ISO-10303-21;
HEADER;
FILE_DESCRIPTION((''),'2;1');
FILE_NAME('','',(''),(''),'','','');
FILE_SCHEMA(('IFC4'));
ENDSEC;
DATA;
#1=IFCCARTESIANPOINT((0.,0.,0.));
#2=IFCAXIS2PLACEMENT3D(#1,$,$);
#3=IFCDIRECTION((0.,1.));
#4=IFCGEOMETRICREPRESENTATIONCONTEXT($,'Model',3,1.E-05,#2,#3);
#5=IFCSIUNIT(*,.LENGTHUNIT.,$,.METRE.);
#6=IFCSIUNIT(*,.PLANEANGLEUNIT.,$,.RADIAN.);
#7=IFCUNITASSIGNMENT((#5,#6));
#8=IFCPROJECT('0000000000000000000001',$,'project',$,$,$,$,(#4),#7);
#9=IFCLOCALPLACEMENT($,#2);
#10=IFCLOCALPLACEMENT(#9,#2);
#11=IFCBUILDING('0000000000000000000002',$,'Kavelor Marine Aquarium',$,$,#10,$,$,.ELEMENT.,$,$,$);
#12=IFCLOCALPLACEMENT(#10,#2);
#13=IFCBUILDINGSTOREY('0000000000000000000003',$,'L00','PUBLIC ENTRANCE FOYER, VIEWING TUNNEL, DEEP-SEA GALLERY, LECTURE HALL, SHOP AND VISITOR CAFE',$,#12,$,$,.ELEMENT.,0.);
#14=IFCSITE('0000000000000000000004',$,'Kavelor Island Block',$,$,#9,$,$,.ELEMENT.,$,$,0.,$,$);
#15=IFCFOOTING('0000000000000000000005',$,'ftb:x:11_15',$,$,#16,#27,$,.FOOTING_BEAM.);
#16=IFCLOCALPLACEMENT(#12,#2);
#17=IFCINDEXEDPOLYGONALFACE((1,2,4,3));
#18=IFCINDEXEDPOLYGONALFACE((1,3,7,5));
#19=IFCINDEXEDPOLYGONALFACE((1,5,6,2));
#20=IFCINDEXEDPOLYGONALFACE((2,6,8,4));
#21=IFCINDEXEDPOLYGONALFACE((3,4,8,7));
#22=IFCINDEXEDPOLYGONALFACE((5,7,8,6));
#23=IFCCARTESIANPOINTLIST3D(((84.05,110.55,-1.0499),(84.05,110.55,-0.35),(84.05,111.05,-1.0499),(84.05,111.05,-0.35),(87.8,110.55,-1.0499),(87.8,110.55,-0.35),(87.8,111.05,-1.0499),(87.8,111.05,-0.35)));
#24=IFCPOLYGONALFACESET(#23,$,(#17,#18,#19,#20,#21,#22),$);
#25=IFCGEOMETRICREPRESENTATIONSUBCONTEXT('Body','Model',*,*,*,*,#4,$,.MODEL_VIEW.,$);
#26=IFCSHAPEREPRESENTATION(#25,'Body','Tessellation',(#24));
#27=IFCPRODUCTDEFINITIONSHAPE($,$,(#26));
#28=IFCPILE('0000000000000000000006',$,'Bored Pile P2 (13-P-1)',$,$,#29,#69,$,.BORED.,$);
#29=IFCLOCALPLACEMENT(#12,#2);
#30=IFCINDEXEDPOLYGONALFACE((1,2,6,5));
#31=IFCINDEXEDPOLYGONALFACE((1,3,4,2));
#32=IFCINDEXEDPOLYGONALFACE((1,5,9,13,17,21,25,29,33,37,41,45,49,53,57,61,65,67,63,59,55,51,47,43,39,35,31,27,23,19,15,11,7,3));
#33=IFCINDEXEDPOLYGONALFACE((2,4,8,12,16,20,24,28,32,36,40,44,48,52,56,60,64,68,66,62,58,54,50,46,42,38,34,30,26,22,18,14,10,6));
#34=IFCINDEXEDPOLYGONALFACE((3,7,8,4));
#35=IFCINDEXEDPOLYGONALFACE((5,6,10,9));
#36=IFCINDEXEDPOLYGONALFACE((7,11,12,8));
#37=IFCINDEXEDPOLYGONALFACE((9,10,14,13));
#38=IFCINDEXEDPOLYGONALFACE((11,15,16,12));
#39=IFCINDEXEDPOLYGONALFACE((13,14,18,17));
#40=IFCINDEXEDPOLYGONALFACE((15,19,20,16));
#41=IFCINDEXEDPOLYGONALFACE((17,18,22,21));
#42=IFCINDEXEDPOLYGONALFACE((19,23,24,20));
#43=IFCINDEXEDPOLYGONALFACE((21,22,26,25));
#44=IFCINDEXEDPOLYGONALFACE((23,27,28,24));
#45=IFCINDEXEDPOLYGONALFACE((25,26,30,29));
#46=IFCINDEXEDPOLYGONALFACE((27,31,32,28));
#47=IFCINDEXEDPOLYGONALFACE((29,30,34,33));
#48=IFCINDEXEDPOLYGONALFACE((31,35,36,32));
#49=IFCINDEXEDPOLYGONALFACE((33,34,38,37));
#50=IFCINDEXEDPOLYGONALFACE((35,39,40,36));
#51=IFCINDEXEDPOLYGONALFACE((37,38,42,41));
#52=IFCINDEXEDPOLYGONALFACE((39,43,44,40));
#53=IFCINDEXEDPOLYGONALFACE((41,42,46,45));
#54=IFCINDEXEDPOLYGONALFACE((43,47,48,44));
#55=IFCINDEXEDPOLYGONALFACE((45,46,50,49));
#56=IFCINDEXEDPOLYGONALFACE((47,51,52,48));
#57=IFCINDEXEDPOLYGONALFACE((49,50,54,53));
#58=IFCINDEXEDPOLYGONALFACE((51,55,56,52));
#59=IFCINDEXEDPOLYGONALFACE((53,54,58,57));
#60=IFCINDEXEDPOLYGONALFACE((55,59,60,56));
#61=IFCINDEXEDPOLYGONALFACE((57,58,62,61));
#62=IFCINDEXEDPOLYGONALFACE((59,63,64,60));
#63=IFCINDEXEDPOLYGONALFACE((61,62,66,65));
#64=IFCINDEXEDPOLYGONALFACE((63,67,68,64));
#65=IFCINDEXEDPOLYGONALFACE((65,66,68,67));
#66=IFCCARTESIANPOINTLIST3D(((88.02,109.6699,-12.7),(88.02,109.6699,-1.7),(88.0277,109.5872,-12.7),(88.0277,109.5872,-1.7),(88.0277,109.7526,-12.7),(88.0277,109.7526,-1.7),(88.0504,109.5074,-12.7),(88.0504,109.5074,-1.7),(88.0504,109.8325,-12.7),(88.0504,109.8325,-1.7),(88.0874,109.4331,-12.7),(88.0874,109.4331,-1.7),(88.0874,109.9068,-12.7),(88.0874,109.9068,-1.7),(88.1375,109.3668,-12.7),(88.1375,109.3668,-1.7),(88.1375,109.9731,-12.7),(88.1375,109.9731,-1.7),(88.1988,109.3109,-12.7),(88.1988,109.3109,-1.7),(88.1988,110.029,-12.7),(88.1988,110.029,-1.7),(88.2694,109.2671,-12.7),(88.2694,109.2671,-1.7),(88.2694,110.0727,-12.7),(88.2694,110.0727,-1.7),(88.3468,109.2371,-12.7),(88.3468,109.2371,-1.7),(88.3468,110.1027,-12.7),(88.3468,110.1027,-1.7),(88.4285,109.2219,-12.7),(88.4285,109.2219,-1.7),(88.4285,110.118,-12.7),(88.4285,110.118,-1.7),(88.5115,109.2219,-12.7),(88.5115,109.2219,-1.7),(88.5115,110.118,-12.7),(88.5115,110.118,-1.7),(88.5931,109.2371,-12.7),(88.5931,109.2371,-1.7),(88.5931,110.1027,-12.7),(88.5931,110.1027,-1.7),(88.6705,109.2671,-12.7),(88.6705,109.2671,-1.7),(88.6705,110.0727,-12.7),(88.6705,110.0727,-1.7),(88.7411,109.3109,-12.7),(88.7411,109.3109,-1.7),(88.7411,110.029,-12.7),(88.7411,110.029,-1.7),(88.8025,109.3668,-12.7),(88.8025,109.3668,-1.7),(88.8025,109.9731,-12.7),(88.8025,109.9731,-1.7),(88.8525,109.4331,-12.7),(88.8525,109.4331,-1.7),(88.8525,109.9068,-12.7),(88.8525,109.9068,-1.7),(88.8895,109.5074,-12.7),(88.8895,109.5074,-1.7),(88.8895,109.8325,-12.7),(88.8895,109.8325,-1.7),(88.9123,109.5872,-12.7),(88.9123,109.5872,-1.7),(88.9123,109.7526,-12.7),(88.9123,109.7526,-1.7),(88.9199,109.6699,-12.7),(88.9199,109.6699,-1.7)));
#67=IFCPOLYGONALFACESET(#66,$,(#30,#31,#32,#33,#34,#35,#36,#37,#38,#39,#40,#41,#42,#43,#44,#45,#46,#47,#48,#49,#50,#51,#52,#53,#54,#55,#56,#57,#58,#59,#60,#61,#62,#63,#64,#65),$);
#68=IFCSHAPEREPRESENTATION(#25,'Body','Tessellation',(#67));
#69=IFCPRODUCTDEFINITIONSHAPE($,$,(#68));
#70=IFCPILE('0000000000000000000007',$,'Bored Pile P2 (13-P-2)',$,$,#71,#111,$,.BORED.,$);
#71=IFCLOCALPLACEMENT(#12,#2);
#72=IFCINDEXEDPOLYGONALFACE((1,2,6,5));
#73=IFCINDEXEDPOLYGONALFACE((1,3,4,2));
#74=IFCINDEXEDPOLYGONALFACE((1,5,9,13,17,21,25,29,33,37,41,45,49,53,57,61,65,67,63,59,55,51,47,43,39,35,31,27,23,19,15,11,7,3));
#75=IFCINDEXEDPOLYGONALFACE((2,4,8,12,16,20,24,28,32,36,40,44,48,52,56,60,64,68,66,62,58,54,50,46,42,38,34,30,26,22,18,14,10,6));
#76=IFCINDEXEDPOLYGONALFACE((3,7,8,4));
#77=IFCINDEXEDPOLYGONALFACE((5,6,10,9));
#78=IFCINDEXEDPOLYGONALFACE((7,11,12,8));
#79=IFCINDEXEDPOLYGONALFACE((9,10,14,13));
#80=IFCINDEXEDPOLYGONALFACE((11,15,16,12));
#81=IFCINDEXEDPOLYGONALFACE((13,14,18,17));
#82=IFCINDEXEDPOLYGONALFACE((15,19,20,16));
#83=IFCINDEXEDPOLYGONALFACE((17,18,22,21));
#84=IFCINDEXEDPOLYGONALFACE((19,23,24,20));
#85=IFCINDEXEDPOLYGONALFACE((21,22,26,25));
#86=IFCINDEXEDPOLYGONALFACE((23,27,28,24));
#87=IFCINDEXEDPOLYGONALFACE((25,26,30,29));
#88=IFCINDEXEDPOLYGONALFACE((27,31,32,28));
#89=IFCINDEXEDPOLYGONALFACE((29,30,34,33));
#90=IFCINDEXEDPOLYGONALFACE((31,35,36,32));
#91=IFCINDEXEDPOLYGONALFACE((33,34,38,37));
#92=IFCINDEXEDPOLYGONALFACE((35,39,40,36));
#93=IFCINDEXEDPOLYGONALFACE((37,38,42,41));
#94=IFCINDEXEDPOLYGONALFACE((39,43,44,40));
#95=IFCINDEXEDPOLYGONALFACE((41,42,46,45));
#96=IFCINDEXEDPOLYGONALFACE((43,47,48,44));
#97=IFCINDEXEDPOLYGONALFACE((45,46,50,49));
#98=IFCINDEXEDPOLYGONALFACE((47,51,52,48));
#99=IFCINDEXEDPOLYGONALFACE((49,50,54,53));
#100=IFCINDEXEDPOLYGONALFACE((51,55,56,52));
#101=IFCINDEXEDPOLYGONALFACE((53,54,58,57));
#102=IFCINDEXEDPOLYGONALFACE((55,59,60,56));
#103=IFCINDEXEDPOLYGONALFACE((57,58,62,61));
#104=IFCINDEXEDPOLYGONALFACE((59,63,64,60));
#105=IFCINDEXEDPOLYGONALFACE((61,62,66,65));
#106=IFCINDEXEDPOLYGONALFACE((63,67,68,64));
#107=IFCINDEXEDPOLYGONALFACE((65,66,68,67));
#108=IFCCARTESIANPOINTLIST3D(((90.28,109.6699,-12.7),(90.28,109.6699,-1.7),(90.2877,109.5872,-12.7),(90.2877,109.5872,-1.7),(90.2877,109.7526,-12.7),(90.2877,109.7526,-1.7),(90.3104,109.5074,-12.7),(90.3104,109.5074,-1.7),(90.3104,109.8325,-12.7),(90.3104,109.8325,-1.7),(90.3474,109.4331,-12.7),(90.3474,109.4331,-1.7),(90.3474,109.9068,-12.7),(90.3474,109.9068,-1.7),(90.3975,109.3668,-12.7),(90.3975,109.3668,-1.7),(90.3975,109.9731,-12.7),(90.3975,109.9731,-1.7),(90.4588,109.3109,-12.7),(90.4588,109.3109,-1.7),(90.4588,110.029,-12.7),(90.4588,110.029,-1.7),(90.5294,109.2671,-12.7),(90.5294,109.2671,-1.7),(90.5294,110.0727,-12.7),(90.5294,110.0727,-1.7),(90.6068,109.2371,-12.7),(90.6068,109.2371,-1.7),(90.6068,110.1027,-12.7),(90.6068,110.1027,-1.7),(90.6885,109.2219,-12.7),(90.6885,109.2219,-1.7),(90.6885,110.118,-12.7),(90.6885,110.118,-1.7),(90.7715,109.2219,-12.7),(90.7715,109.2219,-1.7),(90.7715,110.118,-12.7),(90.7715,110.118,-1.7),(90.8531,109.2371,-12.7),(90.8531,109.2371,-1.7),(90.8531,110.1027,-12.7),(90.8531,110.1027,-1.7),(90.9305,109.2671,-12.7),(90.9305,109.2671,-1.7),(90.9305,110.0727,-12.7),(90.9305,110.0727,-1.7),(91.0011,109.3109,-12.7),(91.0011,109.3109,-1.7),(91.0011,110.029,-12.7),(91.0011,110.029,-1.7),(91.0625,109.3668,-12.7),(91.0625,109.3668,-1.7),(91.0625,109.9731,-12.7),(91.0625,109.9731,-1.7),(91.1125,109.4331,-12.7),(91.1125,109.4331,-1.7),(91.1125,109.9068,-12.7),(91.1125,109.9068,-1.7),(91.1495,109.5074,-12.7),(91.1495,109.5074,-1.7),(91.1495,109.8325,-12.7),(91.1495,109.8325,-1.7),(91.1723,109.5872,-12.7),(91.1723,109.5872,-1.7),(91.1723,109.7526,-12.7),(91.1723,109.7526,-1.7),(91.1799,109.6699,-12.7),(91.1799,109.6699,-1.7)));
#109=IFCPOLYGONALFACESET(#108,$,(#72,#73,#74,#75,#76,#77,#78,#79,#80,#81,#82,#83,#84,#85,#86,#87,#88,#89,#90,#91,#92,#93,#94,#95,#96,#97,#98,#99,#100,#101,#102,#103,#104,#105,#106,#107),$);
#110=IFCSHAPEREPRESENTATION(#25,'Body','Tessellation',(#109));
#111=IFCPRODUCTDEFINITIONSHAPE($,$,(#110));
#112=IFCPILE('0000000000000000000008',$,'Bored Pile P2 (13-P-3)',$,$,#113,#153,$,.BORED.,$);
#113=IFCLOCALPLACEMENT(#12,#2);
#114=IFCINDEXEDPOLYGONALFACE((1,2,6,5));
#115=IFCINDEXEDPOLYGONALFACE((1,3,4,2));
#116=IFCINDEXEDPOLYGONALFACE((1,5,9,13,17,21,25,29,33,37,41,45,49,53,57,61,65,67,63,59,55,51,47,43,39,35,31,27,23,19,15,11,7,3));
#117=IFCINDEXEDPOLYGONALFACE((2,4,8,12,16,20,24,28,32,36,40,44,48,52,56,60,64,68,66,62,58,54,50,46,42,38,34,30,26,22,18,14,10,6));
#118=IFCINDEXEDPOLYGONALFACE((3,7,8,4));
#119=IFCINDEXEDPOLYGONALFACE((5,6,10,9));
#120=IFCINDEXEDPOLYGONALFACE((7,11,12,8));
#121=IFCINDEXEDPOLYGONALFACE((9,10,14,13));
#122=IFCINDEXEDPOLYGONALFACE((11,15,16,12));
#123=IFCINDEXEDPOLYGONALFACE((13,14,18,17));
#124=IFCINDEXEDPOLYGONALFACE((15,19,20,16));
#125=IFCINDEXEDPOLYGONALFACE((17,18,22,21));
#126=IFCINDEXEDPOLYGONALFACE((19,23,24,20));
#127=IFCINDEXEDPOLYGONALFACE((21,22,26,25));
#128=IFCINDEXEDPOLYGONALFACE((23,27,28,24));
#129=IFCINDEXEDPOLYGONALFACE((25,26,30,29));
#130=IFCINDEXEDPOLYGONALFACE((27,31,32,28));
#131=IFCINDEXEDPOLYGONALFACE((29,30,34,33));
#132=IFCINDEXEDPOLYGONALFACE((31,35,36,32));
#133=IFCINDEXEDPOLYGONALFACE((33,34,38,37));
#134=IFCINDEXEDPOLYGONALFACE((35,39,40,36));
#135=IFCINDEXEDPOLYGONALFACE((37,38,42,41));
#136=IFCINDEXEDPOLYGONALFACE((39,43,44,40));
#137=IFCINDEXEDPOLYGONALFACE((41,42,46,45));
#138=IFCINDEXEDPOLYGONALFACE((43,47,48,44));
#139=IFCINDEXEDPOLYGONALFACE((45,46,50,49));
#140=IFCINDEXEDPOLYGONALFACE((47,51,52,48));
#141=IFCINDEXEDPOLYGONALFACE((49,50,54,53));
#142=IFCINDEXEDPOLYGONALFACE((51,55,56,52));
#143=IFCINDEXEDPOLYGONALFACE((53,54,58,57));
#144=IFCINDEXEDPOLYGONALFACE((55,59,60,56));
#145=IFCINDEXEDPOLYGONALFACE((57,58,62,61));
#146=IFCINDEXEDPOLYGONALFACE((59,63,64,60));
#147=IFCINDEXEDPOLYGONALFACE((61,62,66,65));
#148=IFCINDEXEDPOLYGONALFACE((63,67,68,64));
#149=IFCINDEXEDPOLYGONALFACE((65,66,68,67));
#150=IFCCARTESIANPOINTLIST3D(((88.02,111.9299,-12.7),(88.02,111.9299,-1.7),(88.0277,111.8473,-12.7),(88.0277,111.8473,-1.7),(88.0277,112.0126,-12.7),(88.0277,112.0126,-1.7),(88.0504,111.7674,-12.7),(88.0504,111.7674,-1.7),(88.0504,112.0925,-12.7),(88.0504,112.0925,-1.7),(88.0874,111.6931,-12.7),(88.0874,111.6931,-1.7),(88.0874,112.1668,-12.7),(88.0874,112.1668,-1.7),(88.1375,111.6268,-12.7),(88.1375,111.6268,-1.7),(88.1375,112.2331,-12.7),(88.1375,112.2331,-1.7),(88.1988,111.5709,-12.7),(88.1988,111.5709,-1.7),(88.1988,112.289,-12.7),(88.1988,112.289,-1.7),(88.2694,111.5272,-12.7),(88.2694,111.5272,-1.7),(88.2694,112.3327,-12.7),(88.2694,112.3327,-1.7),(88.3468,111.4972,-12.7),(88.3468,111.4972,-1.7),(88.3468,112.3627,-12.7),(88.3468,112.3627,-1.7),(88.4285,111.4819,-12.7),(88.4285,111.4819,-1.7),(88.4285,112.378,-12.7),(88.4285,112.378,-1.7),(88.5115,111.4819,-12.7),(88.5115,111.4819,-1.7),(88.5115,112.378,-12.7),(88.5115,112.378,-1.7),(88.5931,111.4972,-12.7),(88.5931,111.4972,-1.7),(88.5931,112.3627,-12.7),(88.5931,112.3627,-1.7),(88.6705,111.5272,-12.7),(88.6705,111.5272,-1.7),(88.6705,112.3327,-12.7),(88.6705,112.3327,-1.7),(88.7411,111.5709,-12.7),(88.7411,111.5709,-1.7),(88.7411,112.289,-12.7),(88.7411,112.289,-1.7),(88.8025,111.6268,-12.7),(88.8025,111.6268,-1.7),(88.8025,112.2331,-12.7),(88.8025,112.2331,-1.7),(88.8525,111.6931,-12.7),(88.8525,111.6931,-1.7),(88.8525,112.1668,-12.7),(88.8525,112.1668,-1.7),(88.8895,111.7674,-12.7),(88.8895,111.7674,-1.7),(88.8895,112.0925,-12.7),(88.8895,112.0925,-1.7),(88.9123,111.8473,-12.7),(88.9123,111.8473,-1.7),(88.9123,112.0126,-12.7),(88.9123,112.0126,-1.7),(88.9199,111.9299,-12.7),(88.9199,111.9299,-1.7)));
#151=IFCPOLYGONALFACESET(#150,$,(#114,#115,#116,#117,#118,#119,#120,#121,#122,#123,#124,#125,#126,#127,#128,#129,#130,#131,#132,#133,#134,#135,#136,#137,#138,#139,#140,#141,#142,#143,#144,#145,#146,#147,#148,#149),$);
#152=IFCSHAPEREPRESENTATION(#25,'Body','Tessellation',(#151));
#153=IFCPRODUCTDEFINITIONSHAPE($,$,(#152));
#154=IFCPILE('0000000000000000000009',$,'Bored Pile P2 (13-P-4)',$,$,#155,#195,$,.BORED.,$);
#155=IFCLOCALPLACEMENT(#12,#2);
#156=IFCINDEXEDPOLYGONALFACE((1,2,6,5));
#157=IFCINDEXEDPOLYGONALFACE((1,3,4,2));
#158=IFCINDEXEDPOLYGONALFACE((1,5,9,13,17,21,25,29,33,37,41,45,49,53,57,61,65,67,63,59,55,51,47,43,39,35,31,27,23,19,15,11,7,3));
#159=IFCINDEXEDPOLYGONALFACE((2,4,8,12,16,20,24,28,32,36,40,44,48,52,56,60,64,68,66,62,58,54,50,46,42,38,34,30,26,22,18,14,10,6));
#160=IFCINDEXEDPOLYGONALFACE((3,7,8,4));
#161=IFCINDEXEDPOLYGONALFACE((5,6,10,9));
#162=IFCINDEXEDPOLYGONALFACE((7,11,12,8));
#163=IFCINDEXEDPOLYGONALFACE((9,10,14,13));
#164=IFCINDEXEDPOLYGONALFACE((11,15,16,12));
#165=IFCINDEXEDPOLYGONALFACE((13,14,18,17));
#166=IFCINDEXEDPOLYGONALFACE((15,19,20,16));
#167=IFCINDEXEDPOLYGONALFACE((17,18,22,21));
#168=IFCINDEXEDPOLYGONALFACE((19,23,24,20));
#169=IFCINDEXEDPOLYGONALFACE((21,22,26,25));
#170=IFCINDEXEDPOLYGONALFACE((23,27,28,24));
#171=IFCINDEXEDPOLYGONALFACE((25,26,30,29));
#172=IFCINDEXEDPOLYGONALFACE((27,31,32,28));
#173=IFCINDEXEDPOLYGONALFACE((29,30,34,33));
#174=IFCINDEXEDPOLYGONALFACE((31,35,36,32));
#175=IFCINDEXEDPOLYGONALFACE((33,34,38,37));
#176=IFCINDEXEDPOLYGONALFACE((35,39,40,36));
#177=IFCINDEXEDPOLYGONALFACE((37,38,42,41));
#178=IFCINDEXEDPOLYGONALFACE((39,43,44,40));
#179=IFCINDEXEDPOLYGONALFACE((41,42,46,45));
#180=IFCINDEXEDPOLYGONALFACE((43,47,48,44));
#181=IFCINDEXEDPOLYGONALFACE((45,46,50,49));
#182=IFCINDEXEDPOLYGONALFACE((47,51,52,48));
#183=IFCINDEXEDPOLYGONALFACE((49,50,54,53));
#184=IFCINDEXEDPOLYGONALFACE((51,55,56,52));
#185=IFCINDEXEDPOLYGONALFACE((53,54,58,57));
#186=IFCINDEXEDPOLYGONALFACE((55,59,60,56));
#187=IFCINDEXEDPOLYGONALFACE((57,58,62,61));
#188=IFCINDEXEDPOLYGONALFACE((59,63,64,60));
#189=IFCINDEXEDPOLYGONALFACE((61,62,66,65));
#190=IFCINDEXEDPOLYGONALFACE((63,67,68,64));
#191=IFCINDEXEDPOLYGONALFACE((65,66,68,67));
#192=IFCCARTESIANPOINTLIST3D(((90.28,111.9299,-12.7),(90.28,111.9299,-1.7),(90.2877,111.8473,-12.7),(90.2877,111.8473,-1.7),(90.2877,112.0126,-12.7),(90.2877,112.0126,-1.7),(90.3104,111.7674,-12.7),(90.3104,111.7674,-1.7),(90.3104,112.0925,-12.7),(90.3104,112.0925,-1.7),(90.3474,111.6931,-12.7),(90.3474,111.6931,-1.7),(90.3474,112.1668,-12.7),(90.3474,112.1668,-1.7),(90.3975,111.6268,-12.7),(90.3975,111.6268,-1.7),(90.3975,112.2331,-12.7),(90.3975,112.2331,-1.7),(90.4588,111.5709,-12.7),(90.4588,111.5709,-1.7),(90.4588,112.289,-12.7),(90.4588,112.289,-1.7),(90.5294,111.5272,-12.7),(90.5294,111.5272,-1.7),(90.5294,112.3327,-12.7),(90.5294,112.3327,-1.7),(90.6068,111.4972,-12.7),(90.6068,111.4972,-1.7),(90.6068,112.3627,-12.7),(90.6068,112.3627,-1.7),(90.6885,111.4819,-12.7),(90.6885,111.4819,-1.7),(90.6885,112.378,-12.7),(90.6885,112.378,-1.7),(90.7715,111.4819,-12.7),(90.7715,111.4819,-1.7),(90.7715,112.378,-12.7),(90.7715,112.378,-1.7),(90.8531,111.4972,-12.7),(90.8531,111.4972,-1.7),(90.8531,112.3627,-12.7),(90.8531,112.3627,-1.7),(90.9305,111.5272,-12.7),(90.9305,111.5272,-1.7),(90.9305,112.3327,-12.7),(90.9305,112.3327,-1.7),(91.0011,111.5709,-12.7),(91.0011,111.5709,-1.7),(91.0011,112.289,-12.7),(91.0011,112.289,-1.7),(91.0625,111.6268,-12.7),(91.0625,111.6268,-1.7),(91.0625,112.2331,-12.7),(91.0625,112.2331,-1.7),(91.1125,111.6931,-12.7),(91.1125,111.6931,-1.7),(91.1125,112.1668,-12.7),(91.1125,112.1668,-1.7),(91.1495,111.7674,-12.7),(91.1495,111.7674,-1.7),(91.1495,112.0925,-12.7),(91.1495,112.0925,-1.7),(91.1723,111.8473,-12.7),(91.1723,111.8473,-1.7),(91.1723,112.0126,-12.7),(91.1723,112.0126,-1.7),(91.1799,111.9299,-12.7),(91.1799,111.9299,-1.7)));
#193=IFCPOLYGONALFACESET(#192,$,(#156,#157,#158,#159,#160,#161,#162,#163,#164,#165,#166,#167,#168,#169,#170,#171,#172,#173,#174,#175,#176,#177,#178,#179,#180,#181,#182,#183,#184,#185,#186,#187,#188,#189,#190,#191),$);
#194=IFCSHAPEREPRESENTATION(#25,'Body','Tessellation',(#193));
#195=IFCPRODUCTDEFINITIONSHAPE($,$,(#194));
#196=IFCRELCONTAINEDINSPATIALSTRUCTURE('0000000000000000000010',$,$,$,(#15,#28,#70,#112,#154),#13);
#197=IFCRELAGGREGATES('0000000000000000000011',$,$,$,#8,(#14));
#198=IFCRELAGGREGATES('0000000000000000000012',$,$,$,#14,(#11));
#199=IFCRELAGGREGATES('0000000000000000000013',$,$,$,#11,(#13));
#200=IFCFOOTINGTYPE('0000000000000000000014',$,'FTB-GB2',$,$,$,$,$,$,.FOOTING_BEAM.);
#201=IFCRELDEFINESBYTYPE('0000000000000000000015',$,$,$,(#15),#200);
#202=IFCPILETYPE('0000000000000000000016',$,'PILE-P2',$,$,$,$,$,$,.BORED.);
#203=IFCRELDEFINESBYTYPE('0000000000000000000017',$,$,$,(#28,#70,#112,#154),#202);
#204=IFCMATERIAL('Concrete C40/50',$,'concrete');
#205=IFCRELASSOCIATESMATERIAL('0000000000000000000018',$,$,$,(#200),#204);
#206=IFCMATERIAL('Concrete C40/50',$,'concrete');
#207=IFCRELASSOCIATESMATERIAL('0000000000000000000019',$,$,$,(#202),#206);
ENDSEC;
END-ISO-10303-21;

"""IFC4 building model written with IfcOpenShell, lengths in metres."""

from ifc_helpers import new_model, si_unit, direction, frame, origin, origin_2d, place, context, subcontext, project, spatial, rectangle, circle, extrude, material, material_profile, profile_set, type_object, element, save


model = new_model("IFC4")

# Units and contexts
model_context = context("Model", 3, precision=1e-05, world=origin(), true_north=direction((0.0, 1.0)))
body_context = subcontext(model_context, "Body", "Model", "MODEL_VIEW")
ifc_project = project(units=[si_unit("LENGTHUNIT", "METRE"), si_unit("PLANEANGLEUNIT", "RADIAN")], contexts=[model_context])

# Site, building, storey
site_placement = place(None, origin())
site = spatial("IfcSite", under=ifc_project, at=site_placement, Name="Kavelor Island Block", CompositionType="ELEMENT", RefElevation=0.0)
building_placement = place(site_placement, origin())
building = spatial("IfcBuilding", under=site, at=building_placement, Name="Kavelor Marine Aquarium", CompositionType="ELEMENT")
storey_placement = place(building_placement, origin())
storey = spatial("IfcBuildingStorey", under=building, at=storey_placement, Name="L00", Description="PUBLIC ENTRANCE FOYER, VIEWING TUNNEL, DEEP-SEA GALLERY, LECTURE HALL, SHOP AND VISITOR CAFE", CompositionType="ELEMENT", Elevation=0.0)

# Footing
ifc_material_1 = material(Name="Concrete C40/50", Category="concrete")
ifc_material_profile_1 = material_profile(ifc_material_1, rectangle(XDim=0.5, YDim=0.7, at=origin_2d()), Name="GB 500x700")
ifc_profile_set_1 = profile_set([ifc_material_profile_1], Name="Concrete C40/50")
footing_type = type_object("IfcFootingType", Name="FTB-GB2", PredefinedType="FOOTING_BEAM", material=ifc_profile_set_1)
footing_placement = place(storey_placement, frame((84.05, 110.8, -0.7), z_axis=(1.0, 0.0, 0.0), x_axis=(0.0, 1.0, 0.0)))
element("IfcFooting", 1, at=footing_placement, inside=storey, type_object=footing_type, Name="ftb:x:11_15", PredefinedType="FOOTING_BEAM", context=body_context, shape_type="SweptSolid", body=[
    extrude(rectangle(XDim=0.5, YDim=0.7, at=origin_2d()), origin(), (0.0, 0.0, 1.0), 3.75),
])

# Piles
ifc_material_2 = material(Name="Concrete C40/50", Category="concrete")
ifc_material_profile_2 = material_profile(ifc_material_2, circle(Radius=0.45, at=origin_2d()), Name="PILE D900")
ifc_profile_set_2 = profile_set([ifc_material_profile_2], Name="Concrete C40/50")
pile_type_1 = type_object("IfcPileType", Name="PILE-P2", PredefinedType="BORED", material=ifc_profile_set_2)
for number, where, z_axis, x_axis, name in (
    (2, (88.47, 109.6699, -1.7), (0.0, 0.0, -1.0), (1.0, 0.0, 0.0), "Bored Pile P2 (13-P-1)"),
    (3, (90.73, 109.6699, -1.7), (0.0, 0.0, -1.0), (1.0, 0.0, 0.0), "Bored Pile P2 (13-P-2)"),
    (4, (88.47, 111.9299, -1.7), (0.0, 0.0, -1.0), (1.0, 0.0, 0.0), "Bored Pile P2 (13-P-3)"),
    (5, (90.73, 111.9299, -1.7), (0.0, 0.0, -1.0), (1.0, 0.0, 0.0), "Bored Pile P2 (13-P-4)"),
):
    element("IfcPile", number, at=place(storey_placement, frame(where, z_axis=z_axis, x_axis=x_axis)), inside=storey, type_object=pile_type_1, Name=name, PredefinedType="BORED", context=body_context, shape_type="SweptSolid", body=[
        extrude(circle(Radius=0.45, at=origin_2d()), origin(), (0.0, 0.0, 1.0), 11.0),
    ])

save(model, "model.ifc")
